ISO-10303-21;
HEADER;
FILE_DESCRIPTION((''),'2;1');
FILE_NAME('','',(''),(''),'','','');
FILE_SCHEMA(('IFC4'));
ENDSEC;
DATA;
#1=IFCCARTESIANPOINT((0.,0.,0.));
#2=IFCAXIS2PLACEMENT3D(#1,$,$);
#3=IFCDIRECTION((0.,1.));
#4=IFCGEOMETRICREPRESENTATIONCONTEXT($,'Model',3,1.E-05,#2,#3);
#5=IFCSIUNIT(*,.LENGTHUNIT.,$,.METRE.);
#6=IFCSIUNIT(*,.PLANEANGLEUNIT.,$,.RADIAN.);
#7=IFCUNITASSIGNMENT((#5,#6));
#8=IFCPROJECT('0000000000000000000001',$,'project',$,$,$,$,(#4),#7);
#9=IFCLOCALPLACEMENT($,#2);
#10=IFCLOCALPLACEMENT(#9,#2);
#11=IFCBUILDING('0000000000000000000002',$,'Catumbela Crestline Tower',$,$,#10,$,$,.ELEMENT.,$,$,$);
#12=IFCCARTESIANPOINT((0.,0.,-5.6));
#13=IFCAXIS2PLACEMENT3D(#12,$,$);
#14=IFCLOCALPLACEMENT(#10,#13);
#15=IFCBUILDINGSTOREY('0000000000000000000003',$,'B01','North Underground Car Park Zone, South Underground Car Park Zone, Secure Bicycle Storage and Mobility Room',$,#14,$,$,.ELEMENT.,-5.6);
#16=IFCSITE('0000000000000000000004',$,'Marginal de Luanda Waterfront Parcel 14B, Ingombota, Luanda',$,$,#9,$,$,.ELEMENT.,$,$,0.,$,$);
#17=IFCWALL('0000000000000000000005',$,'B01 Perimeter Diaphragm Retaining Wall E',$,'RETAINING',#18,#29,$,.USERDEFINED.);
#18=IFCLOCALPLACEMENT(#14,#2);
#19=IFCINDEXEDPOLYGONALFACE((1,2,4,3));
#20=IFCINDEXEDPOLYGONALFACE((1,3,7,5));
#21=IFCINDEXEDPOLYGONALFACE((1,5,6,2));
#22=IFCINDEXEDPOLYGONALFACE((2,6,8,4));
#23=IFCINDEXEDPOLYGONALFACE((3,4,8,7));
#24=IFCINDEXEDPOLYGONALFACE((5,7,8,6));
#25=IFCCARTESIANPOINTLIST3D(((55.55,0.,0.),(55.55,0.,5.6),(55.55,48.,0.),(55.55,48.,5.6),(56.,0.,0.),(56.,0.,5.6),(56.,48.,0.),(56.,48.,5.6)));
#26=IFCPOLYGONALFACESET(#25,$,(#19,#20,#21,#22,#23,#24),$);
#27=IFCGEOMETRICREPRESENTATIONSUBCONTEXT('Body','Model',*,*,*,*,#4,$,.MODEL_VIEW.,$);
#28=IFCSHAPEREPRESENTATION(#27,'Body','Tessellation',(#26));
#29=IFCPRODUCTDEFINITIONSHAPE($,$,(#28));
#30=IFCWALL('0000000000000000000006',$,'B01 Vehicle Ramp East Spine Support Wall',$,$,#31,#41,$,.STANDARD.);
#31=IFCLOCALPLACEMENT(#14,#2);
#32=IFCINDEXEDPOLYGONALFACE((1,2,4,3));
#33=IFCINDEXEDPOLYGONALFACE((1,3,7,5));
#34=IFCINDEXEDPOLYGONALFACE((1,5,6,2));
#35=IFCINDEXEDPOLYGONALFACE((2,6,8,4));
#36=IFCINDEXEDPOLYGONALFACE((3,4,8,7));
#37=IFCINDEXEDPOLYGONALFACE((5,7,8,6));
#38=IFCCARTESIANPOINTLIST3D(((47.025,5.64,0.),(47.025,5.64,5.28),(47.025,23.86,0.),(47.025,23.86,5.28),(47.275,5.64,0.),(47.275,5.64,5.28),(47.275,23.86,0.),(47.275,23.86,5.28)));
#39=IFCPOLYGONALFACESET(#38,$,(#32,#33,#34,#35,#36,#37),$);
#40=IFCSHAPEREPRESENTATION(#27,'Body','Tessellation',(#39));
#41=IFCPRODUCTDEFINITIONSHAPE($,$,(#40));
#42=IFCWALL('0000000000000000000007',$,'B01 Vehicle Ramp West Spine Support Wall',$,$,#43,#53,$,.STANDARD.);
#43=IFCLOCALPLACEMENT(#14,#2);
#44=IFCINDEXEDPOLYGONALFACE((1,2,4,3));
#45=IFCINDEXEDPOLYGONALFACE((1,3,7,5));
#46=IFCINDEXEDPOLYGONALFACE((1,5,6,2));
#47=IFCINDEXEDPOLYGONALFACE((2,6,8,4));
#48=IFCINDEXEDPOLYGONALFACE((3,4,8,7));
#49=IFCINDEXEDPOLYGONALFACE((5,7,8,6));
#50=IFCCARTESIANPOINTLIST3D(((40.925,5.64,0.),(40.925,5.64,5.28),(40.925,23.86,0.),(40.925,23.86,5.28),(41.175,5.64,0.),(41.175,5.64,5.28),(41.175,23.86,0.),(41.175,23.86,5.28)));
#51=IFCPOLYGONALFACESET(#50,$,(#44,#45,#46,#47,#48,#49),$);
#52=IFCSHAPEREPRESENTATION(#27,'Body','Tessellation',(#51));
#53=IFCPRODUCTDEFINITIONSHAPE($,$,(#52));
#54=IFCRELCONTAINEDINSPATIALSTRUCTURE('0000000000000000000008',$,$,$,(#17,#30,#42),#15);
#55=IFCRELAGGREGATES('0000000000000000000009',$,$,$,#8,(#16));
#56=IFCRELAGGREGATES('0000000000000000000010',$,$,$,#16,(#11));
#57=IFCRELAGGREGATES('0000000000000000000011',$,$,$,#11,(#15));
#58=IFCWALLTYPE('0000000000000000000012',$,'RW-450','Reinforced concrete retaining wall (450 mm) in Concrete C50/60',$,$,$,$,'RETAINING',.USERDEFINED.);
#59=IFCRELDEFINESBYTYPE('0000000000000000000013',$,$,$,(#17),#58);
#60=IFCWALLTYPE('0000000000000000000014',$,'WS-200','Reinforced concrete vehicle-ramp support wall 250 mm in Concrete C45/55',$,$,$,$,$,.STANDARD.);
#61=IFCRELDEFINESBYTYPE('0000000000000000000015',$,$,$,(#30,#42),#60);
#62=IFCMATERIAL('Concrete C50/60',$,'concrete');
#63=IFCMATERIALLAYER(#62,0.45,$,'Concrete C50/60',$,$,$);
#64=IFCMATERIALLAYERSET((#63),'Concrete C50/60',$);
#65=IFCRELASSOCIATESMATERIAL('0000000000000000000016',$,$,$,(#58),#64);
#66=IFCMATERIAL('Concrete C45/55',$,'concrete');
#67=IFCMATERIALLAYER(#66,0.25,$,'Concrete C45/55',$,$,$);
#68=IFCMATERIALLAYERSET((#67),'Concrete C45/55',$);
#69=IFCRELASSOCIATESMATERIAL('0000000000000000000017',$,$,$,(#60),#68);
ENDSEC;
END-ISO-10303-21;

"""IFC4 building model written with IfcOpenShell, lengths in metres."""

from ifc_helpers import new_model, si_unit, direction, frame, frame_2d, origin, place, context, subcontext, project, spatial, rectangle, extrude, material, layer, layer_set, type_object, element, save


model = new_model("IFC4")

# Units and contexts
model_context = context("Model", 3, precision=1e-05, world=origin(), true_north=direction((0.0, 1.0)))
body_context = subcontext(model_context, "Body", "Model", "MODEL_VIEW")
ifc_project = project(units=[si_unit("LENGTHUNIT", "METRE"), si_unit("PLANEANGLEUNIT", "RADIAN")], contexts=[model_context])

# Site, building, storey
site_placement = place(None, origin())
site = spatial("IfcSite", under=ifc_project, at=site_placement, Name="Marginal de Luanda Waterfront Parcel 14B, Ingombota, Luanda", CompositionType="ELEMENT", RefElevation=0.0)
building_placement = place(site_placement, origin())
building = spatial("IfcBuilding", under=site, at=building_placement, Name="Catumbela Crestline Tower", CompositionType="ELEMENT")
storey_placement = place(building_placement, frame((0.0, 0.0, -5.6)))
storey = spatial("IfcBuildingStorey", under=building, at=storey_placement, Name="B01", Description="North Underground Car Park Zone, South Underground Car Park Zone, Secure Bicycle Storage and Mobility Room", CompositionType="ELEMENT", Elevation=-5.6)

# Shared definitions
ifc_material_1 = material(Name="Concrete C50/60", Category="concrete")

# Walls
ifc_layer_1 = layer(ifc_material_1, 0.45, Name="Concrete C50/60")
ifc_layer_set_1 = layer_set([ifc_layer_1], Name="Concrete C50/60")
wall_type_1 = type_object("IfcWallType", Name="RW-450", Description="Reinforced concrete retaining wall (450 mm) in Concrete C50/60", ElementType="RETAINING", PredefinedType="USERDEFINED", material=ifc_layer_set_1)
wall_1_placement = place(storey_placement, frame((55.775, 0.0, 0.0), z_axis=(0.0, 0.0, 1.0), x_axis=(0.0, 1.0, 0.0)))
element("IfcWall", 1, at=wall_1_placement, inside=storey, type_object=wall_type_1, Name="B01 Perimeter Diaphragm Retaining Wall E", ObjectType="RETAINING", PredefinedType="USERDEFINED", context=body_context, shape_type="SweptSolid", body=[
    extrude(rectangle(XDim=48.0, YDim=0.45, at=frame_2d((24.0, 0.0))), origin(), (0.0, 0.0, 1.0), 5.6),
])
ifc_material_2 = material(Name="Concrete C45/55", Category="concrete")
ifc_layer_2 = layer(ifc_material_2, 0.25, Name="Concrete C45/55")
ifc_layer_set_2 = layer_set([ifc_layer_2], Name="Concrete C45/55")
wall_type_2 = type_object("IfcWallType", Name="WS-200", Description="Reinforced concrete vehicle-ramp support wall 250 mm in Concrete C45/55", PredefinedType="STANDARD", material=ifc_layer_set_2)
for number, where, z_axis, x_axis, name in (
    (2, (47.15, 5.64, 0.0), (0.0, 0.0, 1.0), (0.0, 1.0, 0.0), "B01 Vehicle Ramp East Spine Support Wall"),
    (3, (41.05, 5.64, 0.0), (0.0, 0.0, 1.0), (0.0, 1.0, 0.0), "B01 Vehicle Ramp West Spine Support Wall"),
):
    element("IfcWall", number, at=place(storey_placement, frame(where, z_axis=z_axis, x_axis=x_axis)), inside=storey, type_object=wall_type_2, Name=name, PredefinedType="STANDARD", context=body_context, shape_type="SweptSolid", body=[
        extrude(rectangle(XDim=18.22, YDim=0.25, at=frame_2d((9.11, 0.0))), origin(), (0.0, 0.0, 1.0), 5.28),
    ])

save(model, "model.ifc")
